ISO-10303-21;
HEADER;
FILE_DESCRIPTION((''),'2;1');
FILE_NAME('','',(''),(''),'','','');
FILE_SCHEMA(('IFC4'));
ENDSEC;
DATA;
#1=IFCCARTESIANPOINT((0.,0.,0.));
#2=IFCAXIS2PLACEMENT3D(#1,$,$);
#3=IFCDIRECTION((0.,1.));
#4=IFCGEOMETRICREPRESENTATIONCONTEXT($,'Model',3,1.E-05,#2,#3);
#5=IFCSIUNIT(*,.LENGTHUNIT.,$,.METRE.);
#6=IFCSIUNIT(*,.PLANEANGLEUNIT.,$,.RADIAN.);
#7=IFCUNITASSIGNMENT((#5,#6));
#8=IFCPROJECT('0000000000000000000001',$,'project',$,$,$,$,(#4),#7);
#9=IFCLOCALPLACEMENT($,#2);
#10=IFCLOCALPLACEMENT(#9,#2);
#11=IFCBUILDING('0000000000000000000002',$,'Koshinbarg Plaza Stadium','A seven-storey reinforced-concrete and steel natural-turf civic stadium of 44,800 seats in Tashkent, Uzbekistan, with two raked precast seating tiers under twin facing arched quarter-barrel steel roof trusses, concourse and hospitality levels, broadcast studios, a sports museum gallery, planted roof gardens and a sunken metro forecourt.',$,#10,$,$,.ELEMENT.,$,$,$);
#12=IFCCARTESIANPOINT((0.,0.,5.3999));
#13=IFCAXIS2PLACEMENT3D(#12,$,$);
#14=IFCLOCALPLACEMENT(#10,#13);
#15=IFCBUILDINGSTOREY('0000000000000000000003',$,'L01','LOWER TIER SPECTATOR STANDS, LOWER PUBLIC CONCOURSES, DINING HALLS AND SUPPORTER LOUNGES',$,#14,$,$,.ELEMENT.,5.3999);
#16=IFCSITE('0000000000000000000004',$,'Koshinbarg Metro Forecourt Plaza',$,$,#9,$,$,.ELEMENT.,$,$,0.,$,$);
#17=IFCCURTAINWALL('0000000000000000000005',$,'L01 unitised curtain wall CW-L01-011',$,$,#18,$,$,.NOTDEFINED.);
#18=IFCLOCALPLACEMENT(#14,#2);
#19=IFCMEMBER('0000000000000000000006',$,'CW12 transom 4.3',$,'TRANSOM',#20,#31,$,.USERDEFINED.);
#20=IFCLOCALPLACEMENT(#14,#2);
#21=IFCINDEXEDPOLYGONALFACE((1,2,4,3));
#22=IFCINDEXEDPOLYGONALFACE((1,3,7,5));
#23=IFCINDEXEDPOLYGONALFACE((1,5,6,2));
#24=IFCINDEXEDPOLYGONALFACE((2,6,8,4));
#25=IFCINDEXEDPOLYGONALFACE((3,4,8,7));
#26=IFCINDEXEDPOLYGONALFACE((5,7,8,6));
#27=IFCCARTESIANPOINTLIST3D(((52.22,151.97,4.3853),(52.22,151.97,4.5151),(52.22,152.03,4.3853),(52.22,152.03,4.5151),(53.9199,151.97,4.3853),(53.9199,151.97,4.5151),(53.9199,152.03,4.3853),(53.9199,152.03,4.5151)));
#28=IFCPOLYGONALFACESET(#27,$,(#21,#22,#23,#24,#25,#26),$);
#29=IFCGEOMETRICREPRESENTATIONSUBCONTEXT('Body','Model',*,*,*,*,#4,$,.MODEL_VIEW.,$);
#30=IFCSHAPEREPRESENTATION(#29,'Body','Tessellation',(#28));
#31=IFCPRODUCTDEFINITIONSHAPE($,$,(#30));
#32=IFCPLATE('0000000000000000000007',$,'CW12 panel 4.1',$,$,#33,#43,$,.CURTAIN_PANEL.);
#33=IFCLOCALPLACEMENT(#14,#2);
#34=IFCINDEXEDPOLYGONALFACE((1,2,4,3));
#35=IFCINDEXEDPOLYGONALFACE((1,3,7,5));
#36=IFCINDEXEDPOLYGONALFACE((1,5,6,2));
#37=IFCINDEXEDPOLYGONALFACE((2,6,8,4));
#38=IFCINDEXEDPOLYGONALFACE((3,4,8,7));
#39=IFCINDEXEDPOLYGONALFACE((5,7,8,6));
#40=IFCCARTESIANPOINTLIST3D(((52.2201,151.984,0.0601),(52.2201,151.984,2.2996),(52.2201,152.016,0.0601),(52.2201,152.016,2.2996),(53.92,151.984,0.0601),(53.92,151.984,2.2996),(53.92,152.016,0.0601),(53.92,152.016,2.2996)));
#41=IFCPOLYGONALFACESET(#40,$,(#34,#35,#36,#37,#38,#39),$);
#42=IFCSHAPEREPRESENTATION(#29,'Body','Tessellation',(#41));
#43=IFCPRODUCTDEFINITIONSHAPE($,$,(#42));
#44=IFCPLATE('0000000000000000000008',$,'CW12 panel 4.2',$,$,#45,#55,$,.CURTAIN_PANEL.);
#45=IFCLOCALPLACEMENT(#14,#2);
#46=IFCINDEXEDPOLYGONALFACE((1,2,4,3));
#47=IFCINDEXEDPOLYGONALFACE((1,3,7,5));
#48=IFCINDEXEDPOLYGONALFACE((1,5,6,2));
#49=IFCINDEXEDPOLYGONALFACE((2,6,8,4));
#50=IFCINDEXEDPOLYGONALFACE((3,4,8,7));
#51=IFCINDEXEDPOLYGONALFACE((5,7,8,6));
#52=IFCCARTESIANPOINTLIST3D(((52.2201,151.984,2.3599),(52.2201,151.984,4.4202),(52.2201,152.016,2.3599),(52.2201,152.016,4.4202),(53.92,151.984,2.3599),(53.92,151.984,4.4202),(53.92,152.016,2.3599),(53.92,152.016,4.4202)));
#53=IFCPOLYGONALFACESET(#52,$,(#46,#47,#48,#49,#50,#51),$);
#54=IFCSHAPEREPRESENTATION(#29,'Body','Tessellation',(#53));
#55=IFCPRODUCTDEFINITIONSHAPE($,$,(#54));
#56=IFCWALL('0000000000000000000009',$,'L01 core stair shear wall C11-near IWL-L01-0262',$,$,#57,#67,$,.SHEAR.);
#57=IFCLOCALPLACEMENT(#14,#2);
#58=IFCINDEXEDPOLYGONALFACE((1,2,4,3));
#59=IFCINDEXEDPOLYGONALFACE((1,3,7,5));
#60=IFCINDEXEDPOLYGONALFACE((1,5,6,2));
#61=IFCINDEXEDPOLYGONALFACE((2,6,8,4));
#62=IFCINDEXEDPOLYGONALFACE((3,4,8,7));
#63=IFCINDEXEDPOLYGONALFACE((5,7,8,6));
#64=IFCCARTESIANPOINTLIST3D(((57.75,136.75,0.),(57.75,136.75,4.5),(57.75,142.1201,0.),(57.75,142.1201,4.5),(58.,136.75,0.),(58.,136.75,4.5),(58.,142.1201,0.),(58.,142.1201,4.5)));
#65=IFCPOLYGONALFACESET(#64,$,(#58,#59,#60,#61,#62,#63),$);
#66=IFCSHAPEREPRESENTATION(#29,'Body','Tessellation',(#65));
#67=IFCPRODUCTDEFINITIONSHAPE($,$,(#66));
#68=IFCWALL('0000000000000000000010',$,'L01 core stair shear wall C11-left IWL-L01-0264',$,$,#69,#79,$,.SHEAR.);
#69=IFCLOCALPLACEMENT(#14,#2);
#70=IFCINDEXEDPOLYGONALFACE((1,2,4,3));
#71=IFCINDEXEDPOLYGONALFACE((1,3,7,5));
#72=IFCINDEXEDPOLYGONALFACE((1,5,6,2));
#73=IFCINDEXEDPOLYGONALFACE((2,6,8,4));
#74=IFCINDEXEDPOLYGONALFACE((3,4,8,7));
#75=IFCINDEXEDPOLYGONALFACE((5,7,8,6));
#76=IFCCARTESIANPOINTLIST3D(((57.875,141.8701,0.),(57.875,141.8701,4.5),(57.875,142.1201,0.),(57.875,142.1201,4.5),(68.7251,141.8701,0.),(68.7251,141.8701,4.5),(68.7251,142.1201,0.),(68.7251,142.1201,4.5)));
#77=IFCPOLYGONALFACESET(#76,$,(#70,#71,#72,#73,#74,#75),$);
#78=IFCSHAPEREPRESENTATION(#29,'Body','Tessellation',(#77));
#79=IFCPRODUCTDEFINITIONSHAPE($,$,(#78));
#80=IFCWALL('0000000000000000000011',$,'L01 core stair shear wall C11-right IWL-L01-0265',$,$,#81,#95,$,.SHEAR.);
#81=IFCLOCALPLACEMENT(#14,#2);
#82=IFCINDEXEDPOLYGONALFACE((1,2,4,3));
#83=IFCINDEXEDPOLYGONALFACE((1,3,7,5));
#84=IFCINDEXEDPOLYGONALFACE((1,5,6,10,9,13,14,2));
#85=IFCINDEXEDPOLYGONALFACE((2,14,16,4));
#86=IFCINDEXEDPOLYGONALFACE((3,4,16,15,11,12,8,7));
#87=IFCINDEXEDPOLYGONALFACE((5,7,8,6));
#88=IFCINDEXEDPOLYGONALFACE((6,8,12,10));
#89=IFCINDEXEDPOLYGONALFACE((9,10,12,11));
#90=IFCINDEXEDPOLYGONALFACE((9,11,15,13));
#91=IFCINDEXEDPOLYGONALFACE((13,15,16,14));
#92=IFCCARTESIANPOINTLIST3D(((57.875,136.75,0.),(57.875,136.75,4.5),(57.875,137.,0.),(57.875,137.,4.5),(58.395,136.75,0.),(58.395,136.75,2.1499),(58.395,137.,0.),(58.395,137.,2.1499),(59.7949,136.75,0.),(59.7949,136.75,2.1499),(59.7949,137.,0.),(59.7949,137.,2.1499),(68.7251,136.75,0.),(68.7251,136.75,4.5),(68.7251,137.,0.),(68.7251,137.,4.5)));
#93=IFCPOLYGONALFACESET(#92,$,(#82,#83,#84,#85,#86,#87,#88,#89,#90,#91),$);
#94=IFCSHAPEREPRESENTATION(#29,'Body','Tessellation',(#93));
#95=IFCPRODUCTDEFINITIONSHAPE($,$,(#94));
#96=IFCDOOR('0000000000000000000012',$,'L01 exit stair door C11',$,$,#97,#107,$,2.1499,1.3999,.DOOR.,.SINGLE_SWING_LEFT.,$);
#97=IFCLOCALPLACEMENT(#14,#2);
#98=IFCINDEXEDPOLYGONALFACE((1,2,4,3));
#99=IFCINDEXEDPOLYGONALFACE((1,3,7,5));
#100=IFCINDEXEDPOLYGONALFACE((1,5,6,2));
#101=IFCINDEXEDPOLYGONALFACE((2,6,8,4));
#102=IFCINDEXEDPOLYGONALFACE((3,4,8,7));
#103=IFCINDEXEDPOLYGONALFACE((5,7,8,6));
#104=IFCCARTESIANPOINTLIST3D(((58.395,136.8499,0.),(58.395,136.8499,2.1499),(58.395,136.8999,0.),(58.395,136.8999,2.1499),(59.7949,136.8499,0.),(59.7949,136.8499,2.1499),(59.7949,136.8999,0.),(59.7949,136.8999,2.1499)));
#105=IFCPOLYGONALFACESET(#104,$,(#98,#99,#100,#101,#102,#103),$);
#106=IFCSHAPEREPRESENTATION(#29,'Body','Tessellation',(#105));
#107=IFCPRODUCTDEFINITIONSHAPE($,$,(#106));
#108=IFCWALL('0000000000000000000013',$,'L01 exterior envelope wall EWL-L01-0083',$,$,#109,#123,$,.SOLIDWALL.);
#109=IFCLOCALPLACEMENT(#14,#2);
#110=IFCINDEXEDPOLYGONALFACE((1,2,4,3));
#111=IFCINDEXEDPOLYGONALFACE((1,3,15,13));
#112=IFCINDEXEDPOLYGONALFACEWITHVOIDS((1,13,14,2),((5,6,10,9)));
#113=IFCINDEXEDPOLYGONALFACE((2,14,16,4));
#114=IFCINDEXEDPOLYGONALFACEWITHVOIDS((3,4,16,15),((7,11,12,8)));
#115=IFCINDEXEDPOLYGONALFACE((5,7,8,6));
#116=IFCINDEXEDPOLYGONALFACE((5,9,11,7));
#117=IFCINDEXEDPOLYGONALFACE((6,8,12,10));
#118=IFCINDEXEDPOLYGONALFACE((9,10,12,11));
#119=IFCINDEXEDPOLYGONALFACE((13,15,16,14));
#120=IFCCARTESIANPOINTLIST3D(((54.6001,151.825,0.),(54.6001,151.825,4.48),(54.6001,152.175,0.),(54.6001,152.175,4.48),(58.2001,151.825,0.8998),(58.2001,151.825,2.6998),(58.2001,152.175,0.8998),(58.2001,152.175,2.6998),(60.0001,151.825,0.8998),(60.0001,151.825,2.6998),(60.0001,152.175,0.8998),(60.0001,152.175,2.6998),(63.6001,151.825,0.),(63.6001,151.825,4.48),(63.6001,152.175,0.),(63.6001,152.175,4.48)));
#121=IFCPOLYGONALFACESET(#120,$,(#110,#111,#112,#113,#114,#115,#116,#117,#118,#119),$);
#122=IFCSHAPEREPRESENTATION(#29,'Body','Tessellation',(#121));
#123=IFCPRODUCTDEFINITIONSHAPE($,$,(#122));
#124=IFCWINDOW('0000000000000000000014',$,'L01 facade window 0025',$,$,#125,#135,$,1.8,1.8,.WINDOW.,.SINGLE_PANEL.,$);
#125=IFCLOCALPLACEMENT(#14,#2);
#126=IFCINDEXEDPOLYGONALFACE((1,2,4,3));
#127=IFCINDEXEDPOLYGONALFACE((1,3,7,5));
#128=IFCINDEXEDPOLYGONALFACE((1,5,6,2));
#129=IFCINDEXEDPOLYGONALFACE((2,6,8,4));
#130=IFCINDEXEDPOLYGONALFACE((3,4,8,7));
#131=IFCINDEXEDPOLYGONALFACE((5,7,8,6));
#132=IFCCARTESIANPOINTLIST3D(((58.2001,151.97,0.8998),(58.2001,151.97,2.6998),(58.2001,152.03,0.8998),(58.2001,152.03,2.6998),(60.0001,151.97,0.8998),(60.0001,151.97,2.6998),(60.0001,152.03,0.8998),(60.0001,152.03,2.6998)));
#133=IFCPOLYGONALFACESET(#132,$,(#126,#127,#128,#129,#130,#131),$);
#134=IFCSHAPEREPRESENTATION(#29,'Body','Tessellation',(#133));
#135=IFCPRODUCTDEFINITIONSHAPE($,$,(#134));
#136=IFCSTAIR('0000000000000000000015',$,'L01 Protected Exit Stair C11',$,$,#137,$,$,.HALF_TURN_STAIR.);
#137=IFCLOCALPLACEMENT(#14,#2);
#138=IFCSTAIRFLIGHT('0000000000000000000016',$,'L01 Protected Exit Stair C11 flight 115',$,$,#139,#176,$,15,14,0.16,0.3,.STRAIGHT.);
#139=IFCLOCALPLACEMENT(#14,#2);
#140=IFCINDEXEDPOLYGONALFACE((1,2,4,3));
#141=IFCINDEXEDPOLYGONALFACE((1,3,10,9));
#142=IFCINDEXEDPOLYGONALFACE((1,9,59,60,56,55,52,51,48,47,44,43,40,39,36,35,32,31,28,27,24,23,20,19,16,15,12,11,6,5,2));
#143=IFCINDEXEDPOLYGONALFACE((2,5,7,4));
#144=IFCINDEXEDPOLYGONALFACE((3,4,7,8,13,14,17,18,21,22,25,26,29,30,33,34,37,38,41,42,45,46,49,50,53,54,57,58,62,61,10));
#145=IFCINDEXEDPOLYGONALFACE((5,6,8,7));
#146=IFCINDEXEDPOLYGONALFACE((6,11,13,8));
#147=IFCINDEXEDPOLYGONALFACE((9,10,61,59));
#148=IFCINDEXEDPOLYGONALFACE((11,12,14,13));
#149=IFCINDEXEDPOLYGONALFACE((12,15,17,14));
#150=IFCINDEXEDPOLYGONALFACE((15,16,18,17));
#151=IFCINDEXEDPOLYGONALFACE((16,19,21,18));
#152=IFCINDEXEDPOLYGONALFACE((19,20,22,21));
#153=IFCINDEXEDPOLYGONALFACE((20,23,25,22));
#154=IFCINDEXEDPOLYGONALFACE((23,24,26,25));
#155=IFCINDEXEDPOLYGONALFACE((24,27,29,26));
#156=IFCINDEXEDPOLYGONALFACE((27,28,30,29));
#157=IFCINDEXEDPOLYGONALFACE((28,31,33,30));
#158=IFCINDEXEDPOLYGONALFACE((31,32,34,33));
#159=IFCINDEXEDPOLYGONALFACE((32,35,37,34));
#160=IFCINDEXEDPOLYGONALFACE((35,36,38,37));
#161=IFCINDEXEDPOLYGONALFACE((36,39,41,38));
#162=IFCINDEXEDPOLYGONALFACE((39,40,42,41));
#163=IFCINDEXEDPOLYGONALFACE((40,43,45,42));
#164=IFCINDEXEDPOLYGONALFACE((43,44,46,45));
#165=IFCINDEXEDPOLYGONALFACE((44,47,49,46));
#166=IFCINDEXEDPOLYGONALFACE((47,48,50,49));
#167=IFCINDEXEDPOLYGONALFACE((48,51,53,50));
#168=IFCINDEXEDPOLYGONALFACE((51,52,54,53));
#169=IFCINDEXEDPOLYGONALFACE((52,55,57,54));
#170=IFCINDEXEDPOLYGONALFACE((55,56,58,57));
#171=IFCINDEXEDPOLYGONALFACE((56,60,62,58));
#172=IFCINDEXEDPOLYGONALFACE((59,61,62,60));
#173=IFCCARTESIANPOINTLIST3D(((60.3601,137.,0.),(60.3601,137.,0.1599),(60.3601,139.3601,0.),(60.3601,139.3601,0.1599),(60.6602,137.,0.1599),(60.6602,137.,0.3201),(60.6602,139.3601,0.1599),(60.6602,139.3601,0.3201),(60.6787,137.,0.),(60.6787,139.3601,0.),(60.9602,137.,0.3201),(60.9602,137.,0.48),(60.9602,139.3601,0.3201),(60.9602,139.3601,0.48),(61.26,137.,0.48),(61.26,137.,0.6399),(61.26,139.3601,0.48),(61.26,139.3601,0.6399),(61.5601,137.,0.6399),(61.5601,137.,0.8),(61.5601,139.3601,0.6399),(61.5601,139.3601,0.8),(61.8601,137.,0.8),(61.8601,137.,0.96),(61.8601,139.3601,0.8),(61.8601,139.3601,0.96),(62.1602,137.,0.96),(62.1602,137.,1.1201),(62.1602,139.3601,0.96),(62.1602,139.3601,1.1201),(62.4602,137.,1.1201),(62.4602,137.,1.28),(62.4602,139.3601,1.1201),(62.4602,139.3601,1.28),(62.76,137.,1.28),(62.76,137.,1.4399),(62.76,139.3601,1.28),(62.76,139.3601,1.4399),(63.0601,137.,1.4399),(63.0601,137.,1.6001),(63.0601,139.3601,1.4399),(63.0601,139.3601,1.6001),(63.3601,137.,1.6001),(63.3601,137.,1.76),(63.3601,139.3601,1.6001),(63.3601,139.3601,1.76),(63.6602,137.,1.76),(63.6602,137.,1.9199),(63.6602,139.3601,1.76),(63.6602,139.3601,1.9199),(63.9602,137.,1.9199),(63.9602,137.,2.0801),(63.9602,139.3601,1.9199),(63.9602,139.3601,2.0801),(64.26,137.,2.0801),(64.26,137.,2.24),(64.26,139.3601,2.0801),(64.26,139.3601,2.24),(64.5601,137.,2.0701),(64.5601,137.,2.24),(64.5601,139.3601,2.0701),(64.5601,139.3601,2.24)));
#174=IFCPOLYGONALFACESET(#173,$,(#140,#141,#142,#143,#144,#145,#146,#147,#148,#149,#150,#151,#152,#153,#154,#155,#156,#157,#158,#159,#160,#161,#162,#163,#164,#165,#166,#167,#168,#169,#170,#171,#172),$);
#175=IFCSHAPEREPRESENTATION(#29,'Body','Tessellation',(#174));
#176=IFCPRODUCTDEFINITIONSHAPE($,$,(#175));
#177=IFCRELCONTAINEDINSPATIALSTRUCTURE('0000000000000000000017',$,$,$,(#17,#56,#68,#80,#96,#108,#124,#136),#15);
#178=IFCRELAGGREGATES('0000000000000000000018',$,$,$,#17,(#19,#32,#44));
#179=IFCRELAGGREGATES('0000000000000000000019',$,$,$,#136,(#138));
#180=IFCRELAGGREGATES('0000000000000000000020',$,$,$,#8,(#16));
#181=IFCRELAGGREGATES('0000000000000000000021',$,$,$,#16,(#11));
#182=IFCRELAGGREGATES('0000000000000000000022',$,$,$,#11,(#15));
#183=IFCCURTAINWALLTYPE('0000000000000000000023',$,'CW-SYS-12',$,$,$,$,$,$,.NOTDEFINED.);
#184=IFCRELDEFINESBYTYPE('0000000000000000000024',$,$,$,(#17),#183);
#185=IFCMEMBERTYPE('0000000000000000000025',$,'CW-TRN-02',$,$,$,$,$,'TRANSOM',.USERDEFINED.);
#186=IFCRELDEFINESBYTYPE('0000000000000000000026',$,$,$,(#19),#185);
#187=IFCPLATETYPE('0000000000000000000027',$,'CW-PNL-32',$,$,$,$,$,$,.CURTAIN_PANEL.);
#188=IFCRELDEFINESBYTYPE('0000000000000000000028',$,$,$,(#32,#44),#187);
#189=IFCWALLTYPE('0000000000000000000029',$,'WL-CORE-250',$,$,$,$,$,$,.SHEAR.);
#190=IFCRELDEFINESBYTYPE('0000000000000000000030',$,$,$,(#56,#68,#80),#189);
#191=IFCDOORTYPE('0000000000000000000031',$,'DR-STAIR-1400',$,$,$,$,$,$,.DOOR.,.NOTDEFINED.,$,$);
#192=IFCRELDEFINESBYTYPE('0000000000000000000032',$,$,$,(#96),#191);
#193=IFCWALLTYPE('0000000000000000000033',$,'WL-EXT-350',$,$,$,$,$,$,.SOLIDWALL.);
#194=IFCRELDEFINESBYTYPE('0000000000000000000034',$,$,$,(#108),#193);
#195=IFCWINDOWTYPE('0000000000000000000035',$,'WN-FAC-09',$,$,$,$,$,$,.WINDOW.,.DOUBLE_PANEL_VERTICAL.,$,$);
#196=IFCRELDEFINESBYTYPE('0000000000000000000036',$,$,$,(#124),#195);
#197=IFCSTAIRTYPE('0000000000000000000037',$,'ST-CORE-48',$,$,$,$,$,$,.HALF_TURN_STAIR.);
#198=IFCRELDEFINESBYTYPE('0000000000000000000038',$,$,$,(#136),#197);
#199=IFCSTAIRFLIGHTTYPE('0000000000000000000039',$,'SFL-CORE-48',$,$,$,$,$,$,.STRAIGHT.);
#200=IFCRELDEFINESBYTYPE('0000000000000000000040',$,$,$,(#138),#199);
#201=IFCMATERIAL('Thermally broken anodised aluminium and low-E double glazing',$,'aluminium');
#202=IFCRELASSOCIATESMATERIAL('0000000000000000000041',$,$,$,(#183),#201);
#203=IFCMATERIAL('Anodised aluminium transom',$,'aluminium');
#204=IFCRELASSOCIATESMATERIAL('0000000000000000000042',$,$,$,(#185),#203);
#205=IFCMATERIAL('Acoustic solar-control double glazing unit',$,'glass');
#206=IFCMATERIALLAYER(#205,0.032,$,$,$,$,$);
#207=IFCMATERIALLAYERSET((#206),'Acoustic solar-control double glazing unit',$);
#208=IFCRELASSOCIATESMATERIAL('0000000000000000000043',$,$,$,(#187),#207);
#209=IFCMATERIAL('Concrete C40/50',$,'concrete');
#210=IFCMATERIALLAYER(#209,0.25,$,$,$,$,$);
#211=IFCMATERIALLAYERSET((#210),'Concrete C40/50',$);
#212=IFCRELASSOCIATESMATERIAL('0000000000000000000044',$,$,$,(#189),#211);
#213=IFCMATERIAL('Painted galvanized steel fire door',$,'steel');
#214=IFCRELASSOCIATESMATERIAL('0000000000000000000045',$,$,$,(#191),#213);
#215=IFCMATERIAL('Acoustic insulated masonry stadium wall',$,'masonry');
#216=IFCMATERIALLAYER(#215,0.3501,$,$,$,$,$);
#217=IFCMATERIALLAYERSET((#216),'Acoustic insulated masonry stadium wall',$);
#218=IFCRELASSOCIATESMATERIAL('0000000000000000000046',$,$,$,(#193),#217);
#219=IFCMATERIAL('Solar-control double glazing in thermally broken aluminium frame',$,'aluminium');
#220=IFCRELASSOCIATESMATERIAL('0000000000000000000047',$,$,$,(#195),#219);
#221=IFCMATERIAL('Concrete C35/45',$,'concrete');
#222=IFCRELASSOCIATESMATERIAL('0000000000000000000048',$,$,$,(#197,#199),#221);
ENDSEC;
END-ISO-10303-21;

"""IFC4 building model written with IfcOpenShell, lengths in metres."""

from ifc_helpers import new_model, si_unit, direction, frame, frame_2d, origin, origin_2d, place, context, subcontext, project, spatial, polyline, rectangle, outline, extrude, material, layer, layer_set, material_profile, profile_set, type_object, element, fill, aggregate, save


model = new_model("IFC4")

# Units and contexts
model_context = context("Model", 3, precision=1e-05, world=origin(), true_north=direction((0.0, 1.0)))
body_context = subcontext(model_context, "Body", "Model", "MODEL_VIEW")
ifc_project = project(units=[si_unit("LENGTHUNIT", "METRE"), si_unit("PLANEANGLEUNIT", "RADIAN")], contexts=[model_context])

# Site, building, storey
site_placement = place(None, origin())
site = spatial("IfcSite", under=ifc_project, at=site_placement, Name="Koshinbarg Metro Forecourt Plaza", CompositionType="ELEMENT", RefElevation=0.0)
building_placement = place(site_placement, origin())
building = spatial("IfcBuilding", under=site, at=building_placement, Name="Koshinbarg Plaza Stadium", Description="A seven-storey reinforced-concrete and steel natural-turf civic stadium of 44,800 seats in Tashkent, Uzbekistan, with two raked precast seating tiers under twin facing arched quarter-barrel steel roof trusses, concourse and hospitality levels, broadcast studios, a sports museum gallery, planted roof gardens and a sunken metro forecourt.", CompositionType="ELEMENT")
storey_placement = place(building_placement, frame((0.0, 0.0, 5.3999)))
storey = spatial("IfcBuildingStorey", under=building, at=storey_placement, Name="L01", Description="LOWER TIER SPECTATOR STANDS, LOWER PUBLIC CONCOURSES, DINING HALLS AND SUPPORTER LOUNGES", CompositionType="ELEMENT", Elevation=5.3999)

# Shared definitions
ifc_material_1 = material(Name="Concrete C40/50", Category="concrete")

# Curtain wall, member, plates
ifc_material_2 = material(Name="Thermally broken anodised aluminium and low-E double glazing", Category="aluminium")
curtain_wall_type = type_object("IfcCurtainWallType", Name="CW-SYS-12", PredefinedType="NOTDEFINED", material=ifc_material_2)
curtain_wall_placement = place(storey_placement, origin())
curtain_wall = element("IfcCurtainWall", 1, at=curtain_wall_placement, inside=storey, type_object=curtain_wall_type, Name="L01 unitised curtain wall CW-L01-011", PredefinedType="NOTDEFINED")
ifc_material_3 = material(Name="Anodised aluminium transom", Category="aluminium")
ifc_material_profile_1 = material_profile(ifc_material_3, rectangle(XDim=0.0601, YDim=0.1299, at=origin_2d()), Name="ALU 60x130")
ifc_profile_set_1 = profile_set([ifc_material_profile_1], Name="Anodised aluminium transom")
member_type_1 = type_object("IfcMemberType", Name="CW-TRN-02", ElementType="TRANSOM", PredefinedType="USERDEFINED", material=ifc_profile_set_1)
member_1_placement = place(storey_placement, frame((52.22, 152.0, 4.4502), z_axis=(1.0, 0.0, 0.0), x_axis=(0.0, 1.0, 0.0)))
member_1 = element("IfcMember", 2, at=member_1_placement, type_object=member_type_1, Name="CW12 transom 4.3", ObjectType="TRANSOM", PredefinedType="USERDEFINED", context=body_context, shape_type="SweptSolid", body=[
    extrude(rectangle(XDim=0.0601, YDim=0.1299, at=origin_2d()), origin(), (0.0, 0.0, 1.0), 1.7),
])
ifc_material_4 = material(Name="Acoustic solar-control double glazing unit", Category="glass")
ifc_layer_1 = layer(ifc_material_4, 0.032)
ifc_layer_set_1 = layer_set([ifc_layer_1], Name="Acoustic solar-control double glazing unit")
plate_type = type_object("IfcPlateType", Name="CW-PNL-32", PredefinedType="CURTAIN_PANEL", material=ifc_layer_set_1)
plate_1_placement = place(storey_placement, frame((53.0701, 152.0, 0.0601), z_axis=(0.0, 0.0, 1.0), x_axis=(1.0, 0.0, 0.0)))
plate_1 = element("IfcPlate", 3, at=plate_1_placement, type_object=plate_type, Name="CW12 panel 4.1", PredefinedType="CURTAIN_PANEL", context=body_context, shape_type="SweptSolid", body=[
    extrude(rectangle(XDim=1.7, YDim=0.032, at=origin_2d()), origin(), (0.0, 0.0, 1.0), 2.2395),
])
plate_2_placement = place(storey_placement, frame((53.0701, 152.0, 2.3599), z_axis=(0.0, 0.0, 1.0), x_axis=(1.0, 0.0, 0.0)))
plate_2 = element("IfcPlate", 4, at=plate_2_placement, type_object=plate_type, Name="CW12 panel 4.2", PredefinedType="CURTAIN_PANEL", context=body_context, shape_type="SweptSolid", body=[
    extrude(rectangle(XDim=1.7, YDim=0.032, at=origin_2d()), origin(), (0.0, 0.0, 1.0), 2.0603),
])
aggregate(curtain_wall, [member_1, plate_1, plate_2])

# Walls
ifc_layer_2 = layer(ifc_material_1, 0.25)
ifc_layer_set_2 = layer_set([ifc_layer_2], Name="Concrete C40/50")
wall_type_1 = type_object("IfcWallType", Name="WL-CORE-250", PredefinedType="SHEAR", material=ifc_layer_set_2)
wall_1_placement = place(storey_placement, frame((57.875, 142.1201, 0.0), z_axis=(0.0, 0.0, 1.0), x_axis=(0.0, -1.0, 0.0)))
element("IfcWall", 5, at=wall_1_placement, inside=storey, type_object=wall_type_1, Name="L01 core stair shear wall C11-near IWL-L01-0262", PredefinedType="SHEAR", context=body_context, shape_type="SweptSolid", body=[
    extrude(rectangle(XDim=5.3701, YDim=0.25, at=frame_2d((2.6851, 0.0))), origin(), (0.0, 0.0, 1.0), 4.5),
])
wall_2_placement = place(storey_placement, frame((57.875, 141.9951, 0.0), z_axis=(0.0, 0.0, 1.0), x_axis=(1.0, 0.0, 0.0)))
element("IfcWall", 6, at=wall_2_placement, inside=storey, type_object=wall_type_1, Name="L01 core stair shear wall C11-left IWL-L01-0264", PredefinedType="SHEAR", context=body_context, shape_type="SweptSolid", body=[
    extrude(rectangle(XDim=10.8501, YDim=0.25, at=frame_2d((5.425, 0.0))), origin(), (0.0, 0.0, 1.0), 4.5),
])

# Wall, opening, door
wall_3_placement = place(storey_placement, frame((57.875, 136.875, 0.0), z_axis=(0.0, 0.0, 1.0), x_axis=(1.0, 0.0, 0.0)))
wall_3 = element("IfcWall", 7, at=wall_3_placement, inside=storey, type_object=wall_type_1, Name="L01 core stair shear wall C11-right IWL-L01-0265", PredefinedType="SHEAR", context=body_context, shape_type="SweptSolid", body=[
    extrude(rectangle(XDim=10.8501, YDim=0.25, at=frame_2d((5.425, 0.0))), origin(), (0.0, 0.0, 1.0), 4.5),
])
opening_1_placement = place(wall_3_placement, frame((0.52, 0.0, 0.0)))
opening_1 = element("IfcOpeningElement", 8, at=opening_1_placement, cuts=wall_3, PredefinedType="OPENING", context=body_context, shape_type="SweptSolid", body=[
    extrude(rectangle(XDim=1.3999, YDim=2.1499, at=frame_2d((0.7, 1.075))), frame((0.0, 0.135, 0.0), z_axis=(0.0, -1.0, 0.0), x_axis=(1.0, 0.0, 0.0)), (0.0, 0.0, 1.0), 0.27),
])
ifc_material_5 = material(Name="Painted galvanized steel fire door", Category="steel")
door_type = type_object("IfcDoorType", Name="DR-STAIR-1400", OperationType="NOTDEFINED", PredefinedType="DOOR", material=ifc_material_5)
door_placement = place(opening_1_placement, origin())
door = element("IfcDoor", 9, at=door_placement, inside=storey, type_object=door_type, Name="L01 exit stair door C11", OperationType="SINGLE_SWING_LEFT", OverallHeight=2.1499, OverallWidth=1.3999, PredefinedType="DOOR", context=body_context, shape_type="SweptSolid", body=[
    extrude(rectangle(XDim=1.3999, YDim=2.1499, at=frame_2d((0.7, 1.075))), frame((0.0, 0.0249, 0.0), z_axis=(0.0, -1.0, 0.0), x_axis=(1.0, 0.0, 0.0)), (0.0, 0.0, 1.0), 0.05),
])
fill(opening_1, door)

# Wall, opening, window
ifc_material_6 = material(Name="Acoustic insulated masonry stadium wall", Category="masonry")
ifc_layer_3 = layer(ifc_material_6, 0.3501)
ifc_layer_set_3 = layer_set([ifc_layer_3], Name="Acoustic insulated masonry stadium wall")
wall_type_2 = type_object("IfcWallType", Name="WL-EXT-350", PredefinedType="SOLIDWALL", material=ifc_layer_set_3)
wall_4_placement = place(storey_placement, frame((54.6001, 152.0, 0.0), z_axis=(0.0, 0.0, 1.0), x_axis=(1.0, 0.0, 0.0)))
wall_4 = element("IfcWall", 10, at=wall_4_placement, inside=storey, type_object=wall_type_2, Name="L01 exterior envelope wall EWL-L01-0083", PredefinedType="SOLIDWALL", context=body_context, shape_type="SweptSolid", body=[
    extrude(rectangle(XDim=9.0, YDim=0.3501, at=frame_2d((4.5, 0.0))), origin(), (0.0, 0.0, 1.0), 4.48),
])
opening_2_placement = place(wall_4_placement, frame((3.6001, 0.0, 0.8999)))
opening_2 = element("IfcOpeningElement", 11, at=opening_2_placement, cuts=wall_4, PredefinedType="OPENING", context=body_context, shape_type="SweptSolid", body=[
    extrude(rectangle(XDim=1.8, YDim=1.8, at=frame_2d((0.8999, 0.8999))), frame((0.0, 0.1851, 0.0), z_axis=(0.0, -1.0, 0.0), x_axis=(1.0, 0.0, 0.0)), (0.0, 0.0, 1.0), 0.3701),
])
ifc_material_7 = material(Name="Solar-control double glazing in thermally broken aluminium frame", Category="aluminium")
window_type = type_object("IfcWindowType", Name="WN-FAC-09", PartitioningType="DOUBLE_PANEL_VERTICAL", PredefinedType="WINDOW", material=ifc_material_7)
window_placement = place(opening_2_placement, origin())
window = element("IfcWindow", 12, at=window_placement, inside=storey, type_object=window_type, Name="L01 facade window 0025", OverallHeight=1.8, OverallWidth=1.8, PartitioningType="SINGLE_PANEL", PredefinedType="WINDOW", context=body_context, shape_type="SweptSolid", body=[
    extrude(rectangle(XDim=1.8, YDim=1.8, at=frame_2d((0.8999, 0.8999))), frame((0.0, 0.03, 0.0), z_axis=(0.0, -1.0, 0.0), x_axis=(1.0, 0.0, 0.0)), (0.0, 0.0, 1.0), 0.0601),
])
fill(opening_2, window)

# Stair, stair flight
ifc_material_8 = material(Name="Concrete C35/45", Category="concrete")
stair_type = type_object("IfcStairType", Name="ST-CORE-48", PredefinedType="HALF_TURN_STAIR", material=ifc_material_8)
stair_placement = place(storey_placement, origin())
stair = element("IfcStair", 13, at=stair_placement, inside=storey, type_object=stair_type, Name="L01 Protected Exit Stair C11", PredefinedType="HALF_TURN_STAIR")
stair_flight_type = type_object("IfcStairFlightType", Name="SFL-CORE-48", PredefinedType="STRAIGHT", material=ifc_material_8)
stair_flight_placement = place(storey_placement, frame((60.3601, 138.1799, 0.0), z_axis=(0.0, 0.0, 1.0), x_axis=(1.0, 0.0, 0.0)))
stair_flight = element("IfcStairFlight", 14, at=stair_flight_placement, type_object=stair_flight_type, Name="L01 Protected Exit Stair C11 flight 115", NumberOfRisers=15, NumberOfTreads=14, PredefinedType="STRAIGHT", RiserHeight=0.16, TreadLength=0.3, context=body_context, shape_type="SweptSolid", body=[
    extrude(outline(polyline([(0.0, 0.0), (0.0, 0.1599), (0.3, 0.1599), (0.3, 0.3201), (0.6001, 0.3201), (0.6001, 0.48), (0.8999, 0.48), (0.8999, 0.6399), (1.2, 0.6399), (1.2, 0.8), (1.5, 0.8), (1.5, 0.96), (1.8, 0.96), (1.8, 1.1201), (2.1001, 1.1201), (2.1001, 1.28), (2.3999, 1.28), (2.3999, 1.4399), (2.7, 1.4399), (2.7, 1.6001), (3.0, 1.6001), (3.0, 1.76), (3.3, 1.76), (3.3, 1.9199), (3.6001, 1.9199), (3.6001, 2.0801), (3.8999, 2.0801), (3.8999, 2.24), (4.2, 2.24), (4.2, 2.3999), (4.2, 2.0701), (0.3186, 0.0), (0.0, 0.0)])), frame((0.0, 1.1802, 0.0), z_axis=(0.0, -1.0, 0.0), x_axis=(1.0, 0.0, 0.0)), (0.0, 0.0, 1.0), 2.3601),
])
aggregate(stair, [stair_flight])

save(model, "model.ifc")
